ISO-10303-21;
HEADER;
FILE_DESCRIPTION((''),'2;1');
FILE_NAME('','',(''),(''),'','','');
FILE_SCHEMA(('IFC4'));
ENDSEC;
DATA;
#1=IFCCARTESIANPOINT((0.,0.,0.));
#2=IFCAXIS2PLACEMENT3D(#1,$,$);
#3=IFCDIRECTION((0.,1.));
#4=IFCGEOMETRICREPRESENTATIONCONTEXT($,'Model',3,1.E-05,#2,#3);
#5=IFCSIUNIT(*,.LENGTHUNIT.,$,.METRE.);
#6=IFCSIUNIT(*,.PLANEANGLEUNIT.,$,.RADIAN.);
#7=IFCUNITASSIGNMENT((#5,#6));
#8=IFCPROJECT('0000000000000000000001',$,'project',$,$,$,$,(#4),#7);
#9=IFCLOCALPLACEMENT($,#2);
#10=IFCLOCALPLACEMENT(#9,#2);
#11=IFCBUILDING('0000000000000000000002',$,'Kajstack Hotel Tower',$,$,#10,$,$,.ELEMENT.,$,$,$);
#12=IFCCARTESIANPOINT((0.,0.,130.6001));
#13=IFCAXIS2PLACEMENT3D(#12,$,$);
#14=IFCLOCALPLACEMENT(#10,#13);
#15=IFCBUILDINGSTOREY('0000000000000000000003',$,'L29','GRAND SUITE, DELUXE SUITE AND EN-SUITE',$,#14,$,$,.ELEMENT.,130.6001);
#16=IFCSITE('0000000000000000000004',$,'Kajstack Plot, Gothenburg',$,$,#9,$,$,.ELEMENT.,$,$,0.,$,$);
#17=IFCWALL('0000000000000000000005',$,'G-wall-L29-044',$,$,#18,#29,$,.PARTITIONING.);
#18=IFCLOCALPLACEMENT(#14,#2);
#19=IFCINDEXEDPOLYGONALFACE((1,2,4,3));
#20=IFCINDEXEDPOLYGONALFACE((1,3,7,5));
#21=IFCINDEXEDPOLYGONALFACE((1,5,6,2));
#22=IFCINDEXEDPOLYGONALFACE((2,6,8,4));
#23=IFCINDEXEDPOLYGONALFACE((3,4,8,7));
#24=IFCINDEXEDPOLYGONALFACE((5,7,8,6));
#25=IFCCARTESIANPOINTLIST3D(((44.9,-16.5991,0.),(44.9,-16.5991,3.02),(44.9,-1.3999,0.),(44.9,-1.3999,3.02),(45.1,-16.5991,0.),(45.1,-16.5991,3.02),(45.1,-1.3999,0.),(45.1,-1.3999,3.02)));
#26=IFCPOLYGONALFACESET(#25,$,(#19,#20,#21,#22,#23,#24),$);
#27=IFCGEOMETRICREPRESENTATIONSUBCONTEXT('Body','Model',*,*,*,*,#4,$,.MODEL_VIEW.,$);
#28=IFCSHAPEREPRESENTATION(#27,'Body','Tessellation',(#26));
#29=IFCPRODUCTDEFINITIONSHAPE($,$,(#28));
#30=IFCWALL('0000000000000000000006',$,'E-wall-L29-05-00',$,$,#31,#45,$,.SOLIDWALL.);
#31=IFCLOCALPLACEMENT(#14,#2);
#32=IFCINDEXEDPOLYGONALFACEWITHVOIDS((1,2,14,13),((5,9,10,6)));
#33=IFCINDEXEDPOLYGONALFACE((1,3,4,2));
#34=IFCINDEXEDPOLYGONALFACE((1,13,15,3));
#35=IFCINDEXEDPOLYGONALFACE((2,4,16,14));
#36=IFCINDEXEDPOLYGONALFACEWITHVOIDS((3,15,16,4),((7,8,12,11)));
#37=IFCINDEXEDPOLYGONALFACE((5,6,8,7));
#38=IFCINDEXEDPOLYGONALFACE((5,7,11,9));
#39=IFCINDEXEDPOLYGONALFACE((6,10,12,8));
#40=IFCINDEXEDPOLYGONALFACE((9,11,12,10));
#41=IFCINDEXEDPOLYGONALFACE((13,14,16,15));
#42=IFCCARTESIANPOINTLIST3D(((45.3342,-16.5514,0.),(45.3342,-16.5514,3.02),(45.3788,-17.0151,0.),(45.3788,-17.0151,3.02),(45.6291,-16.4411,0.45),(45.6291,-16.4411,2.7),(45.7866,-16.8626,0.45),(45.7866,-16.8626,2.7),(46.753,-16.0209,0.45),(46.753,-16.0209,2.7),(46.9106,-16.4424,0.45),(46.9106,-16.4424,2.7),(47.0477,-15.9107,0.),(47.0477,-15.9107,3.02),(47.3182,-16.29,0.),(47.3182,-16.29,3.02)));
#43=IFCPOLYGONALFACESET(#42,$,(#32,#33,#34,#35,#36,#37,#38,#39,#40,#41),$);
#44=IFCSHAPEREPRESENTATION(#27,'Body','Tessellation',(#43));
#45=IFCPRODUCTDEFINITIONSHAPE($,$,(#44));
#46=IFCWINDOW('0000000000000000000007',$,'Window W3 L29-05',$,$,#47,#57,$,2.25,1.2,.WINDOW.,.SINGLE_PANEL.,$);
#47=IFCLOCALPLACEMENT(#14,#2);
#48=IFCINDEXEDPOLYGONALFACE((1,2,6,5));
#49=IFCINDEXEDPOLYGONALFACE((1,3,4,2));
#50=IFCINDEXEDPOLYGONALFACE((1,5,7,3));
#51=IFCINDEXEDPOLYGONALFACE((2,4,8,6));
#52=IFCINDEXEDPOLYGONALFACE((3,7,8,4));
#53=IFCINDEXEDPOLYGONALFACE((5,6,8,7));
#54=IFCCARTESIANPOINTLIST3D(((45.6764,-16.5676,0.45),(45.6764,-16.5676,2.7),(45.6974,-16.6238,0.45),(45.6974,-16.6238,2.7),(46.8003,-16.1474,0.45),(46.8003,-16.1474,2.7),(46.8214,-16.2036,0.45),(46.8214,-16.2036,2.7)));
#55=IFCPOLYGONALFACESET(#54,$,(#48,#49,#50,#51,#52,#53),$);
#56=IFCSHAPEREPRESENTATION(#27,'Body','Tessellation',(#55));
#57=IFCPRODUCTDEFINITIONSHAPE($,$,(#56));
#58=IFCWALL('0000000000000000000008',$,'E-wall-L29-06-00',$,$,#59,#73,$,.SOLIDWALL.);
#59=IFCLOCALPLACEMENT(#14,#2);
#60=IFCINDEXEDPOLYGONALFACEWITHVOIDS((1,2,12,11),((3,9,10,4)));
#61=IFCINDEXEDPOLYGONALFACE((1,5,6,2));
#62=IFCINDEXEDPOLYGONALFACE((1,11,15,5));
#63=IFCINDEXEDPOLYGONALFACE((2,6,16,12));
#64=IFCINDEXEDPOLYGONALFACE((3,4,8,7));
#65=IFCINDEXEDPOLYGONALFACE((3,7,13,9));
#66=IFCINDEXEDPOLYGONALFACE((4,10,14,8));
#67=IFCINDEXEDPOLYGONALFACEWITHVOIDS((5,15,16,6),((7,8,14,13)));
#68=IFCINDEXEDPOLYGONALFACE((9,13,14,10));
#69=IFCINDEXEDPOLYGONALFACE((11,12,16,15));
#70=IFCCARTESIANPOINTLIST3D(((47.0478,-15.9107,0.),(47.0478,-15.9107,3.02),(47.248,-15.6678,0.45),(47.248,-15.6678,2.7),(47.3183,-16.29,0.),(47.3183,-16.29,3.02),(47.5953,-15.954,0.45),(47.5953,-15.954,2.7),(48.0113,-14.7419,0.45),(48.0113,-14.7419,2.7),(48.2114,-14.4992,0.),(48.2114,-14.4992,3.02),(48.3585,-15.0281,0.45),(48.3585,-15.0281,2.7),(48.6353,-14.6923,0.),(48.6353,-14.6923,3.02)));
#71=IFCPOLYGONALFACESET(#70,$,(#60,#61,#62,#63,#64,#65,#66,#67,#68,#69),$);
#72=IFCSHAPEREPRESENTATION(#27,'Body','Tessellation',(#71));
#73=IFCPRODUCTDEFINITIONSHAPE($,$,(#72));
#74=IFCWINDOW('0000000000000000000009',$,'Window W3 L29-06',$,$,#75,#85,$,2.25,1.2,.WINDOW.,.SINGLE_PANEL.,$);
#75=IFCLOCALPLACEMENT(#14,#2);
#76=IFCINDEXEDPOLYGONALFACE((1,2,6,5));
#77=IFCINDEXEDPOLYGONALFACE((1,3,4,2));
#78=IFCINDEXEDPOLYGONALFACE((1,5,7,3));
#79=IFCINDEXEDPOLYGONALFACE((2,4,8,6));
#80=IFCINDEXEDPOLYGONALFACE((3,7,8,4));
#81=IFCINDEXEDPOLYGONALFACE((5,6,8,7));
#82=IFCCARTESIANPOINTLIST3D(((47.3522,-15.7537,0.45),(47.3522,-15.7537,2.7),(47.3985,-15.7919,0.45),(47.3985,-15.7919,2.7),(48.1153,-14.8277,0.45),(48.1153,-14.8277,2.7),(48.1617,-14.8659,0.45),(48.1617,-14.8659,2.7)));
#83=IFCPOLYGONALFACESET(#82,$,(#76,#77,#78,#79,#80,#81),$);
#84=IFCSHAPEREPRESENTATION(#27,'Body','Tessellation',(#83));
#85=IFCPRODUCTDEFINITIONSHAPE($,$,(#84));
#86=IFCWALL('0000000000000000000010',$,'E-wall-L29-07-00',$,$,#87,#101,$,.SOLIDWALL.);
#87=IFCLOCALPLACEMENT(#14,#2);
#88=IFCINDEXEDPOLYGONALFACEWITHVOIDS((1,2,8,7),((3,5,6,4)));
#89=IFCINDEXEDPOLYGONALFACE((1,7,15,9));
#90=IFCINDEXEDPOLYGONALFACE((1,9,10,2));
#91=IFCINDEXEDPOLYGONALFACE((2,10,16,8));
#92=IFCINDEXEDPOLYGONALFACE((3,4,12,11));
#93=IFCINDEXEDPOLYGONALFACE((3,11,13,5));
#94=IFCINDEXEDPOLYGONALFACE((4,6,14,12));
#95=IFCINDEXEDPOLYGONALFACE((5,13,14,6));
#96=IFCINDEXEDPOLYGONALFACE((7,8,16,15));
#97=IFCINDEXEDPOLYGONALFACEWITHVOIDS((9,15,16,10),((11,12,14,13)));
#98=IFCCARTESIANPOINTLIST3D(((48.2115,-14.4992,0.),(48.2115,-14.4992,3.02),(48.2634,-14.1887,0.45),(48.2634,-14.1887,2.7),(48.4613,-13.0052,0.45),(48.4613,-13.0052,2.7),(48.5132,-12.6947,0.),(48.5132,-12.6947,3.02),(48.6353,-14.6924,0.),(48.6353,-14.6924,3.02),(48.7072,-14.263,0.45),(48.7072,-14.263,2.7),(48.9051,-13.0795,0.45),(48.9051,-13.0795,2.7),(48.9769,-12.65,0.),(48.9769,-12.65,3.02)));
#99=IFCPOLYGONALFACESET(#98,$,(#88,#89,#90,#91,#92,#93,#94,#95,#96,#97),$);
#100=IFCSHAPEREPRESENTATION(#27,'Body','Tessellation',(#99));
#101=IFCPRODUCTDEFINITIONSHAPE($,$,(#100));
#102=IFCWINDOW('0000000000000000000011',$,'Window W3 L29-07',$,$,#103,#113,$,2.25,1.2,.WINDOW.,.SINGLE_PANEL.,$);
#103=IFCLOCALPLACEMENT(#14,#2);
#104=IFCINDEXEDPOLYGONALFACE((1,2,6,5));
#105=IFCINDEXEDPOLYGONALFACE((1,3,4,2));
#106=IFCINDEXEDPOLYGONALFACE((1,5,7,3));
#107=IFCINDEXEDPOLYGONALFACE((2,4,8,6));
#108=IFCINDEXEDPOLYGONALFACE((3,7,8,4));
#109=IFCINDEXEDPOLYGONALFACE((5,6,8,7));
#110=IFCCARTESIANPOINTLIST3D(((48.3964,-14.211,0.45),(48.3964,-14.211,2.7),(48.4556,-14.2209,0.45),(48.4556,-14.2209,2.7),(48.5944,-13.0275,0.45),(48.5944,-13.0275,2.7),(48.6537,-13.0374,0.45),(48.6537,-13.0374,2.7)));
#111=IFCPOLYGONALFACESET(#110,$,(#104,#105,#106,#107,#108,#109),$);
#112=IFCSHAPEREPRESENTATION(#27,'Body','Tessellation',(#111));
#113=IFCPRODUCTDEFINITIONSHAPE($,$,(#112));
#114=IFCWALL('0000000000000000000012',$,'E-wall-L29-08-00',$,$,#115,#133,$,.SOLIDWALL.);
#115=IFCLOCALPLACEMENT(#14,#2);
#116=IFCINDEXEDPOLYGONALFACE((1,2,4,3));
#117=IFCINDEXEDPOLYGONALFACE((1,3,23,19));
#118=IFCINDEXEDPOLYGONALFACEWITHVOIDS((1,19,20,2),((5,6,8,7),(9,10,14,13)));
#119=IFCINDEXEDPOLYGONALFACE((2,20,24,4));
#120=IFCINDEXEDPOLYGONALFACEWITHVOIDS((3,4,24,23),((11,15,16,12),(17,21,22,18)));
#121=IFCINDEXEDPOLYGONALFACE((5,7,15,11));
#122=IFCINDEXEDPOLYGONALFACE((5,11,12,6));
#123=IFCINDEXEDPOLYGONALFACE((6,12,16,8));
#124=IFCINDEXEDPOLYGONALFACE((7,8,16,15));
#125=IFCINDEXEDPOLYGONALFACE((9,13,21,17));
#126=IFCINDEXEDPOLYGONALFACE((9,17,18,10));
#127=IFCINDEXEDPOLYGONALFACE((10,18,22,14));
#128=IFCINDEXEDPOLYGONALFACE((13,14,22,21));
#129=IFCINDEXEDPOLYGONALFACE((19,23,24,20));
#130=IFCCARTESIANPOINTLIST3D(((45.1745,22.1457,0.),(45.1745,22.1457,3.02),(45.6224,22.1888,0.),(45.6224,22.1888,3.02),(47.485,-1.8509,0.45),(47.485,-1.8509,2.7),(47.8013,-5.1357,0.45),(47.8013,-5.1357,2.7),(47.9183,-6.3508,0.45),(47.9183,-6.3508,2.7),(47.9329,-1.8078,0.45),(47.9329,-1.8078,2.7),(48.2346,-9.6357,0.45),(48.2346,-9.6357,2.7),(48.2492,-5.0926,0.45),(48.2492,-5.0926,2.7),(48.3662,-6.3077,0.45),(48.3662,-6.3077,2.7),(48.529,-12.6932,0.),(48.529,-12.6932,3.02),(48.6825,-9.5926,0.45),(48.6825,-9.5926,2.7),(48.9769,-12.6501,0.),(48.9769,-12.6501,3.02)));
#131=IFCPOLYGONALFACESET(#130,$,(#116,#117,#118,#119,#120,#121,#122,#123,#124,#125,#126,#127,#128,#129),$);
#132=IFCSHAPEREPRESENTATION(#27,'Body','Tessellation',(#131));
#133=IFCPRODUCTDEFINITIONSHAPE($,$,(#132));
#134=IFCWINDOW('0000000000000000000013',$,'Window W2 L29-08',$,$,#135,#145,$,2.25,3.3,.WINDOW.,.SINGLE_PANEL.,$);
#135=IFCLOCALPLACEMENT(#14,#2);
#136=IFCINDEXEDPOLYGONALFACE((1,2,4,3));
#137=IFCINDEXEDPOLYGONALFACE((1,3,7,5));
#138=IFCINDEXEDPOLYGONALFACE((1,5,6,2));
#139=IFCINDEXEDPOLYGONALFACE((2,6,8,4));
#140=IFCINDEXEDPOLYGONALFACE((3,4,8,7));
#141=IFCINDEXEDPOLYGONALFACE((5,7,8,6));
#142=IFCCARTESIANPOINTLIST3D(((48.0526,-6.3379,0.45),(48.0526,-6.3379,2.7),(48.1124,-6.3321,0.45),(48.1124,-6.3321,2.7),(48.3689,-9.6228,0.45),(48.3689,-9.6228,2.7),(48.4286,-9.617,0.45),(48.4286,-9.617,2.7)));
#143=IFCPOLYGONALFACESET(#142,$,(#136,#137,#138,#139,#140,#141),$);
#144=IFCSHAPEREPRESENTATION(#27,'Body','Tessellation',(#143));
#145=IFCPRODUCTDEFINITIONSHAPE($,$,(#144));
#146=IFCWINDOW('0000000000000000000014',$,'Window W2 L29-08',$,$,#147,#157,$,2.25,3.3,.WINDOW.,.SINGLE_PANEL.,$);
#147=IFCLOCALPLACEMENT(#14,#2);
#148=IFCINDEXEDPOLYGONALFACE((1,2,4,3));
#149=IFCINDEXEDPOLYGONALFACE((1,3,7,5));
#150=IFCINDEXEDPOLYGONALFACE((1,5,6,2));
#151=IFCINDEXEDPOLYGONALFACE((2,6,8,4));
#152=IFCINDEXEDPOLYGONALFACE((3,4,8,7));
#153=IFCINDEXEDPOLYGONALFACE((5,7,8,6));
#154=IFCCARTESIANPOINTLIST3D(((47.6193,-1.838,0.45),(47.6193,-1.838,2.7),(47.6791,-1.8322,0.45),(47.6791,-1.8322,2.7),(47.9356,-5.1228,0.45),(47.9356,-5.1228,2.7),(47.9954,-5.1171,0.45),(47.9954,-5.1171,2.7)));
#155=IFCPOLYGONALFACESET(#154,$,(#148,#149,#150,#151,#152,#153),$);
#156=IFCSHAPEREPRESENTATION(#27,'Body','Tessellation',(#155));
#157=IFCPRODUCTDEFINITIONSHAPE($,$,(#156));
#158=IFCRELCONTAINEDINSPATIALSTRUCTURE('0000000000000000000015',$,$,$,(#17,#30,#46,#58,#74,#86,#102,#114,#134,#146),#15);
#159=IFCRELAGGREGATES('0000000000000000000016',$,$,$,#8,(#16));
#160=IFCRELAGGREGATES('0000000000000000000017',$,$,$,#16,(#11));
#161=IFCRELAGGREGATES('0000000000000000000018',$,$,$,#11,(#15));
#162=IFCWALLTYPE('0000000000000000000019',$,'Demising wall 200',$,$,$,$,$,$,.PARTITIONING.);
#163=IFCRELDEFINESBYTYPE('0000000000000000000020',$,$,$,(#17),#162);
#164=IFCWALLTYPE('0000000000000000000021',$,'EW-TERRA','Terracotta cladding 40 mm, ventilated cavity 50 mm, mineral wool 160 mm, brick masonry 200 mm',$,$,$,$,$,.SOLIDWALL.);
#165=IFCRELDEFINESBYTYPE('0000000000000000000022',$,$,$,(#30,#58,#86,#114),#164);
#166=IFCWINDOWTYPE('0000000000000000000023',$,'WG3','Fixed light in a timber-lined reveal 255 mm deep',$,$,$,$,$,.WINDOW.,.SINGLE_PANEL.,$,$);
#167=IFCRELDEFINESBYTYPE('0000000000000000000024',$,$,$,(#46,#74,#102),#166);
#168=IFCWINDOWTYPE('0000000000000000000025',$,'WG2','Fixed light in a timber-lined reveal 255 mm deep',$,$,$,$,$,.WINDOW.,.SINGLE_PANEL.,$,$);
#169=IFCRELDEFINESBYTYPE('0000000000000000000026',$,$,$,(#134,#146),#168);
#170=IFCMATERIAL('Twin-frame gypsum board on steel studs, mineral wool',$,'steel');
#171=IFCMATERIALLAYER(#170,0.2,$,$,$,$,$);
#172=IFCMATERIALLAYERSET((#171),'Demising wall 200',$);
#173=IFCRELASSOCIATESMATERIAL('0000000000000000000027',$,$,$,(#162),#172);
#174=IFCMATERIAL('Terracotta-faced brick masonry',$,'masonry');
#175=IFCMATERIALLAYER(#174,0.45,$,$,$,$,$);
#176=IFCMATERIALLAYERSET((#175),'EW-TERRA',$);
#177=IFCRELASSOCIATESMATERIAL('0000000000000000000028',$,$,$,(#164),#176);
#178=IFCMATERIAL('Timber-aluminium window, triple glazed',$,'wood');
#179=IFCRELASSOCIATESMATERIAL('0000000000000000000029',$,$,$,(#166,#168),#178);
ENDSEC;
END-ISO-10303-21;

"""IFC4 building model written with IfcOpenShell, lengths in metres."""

from ifc_helpers import new_model, si_unit, direction, frame, frame_2d, origin, place, context, subcontext, project, spatial, polyline, rectangle, outline, extrude, material, layer, layer_set, type_object, element, fill, save


model = new_model("IFC4")

# Units and contexts
model_context = context("Model", 3, precision=1e-05, world=origin(), true_north=direction((0.0, 1.0)))
body_context = subcontext(model_context, "Body", "Model", "MODEL_VIEW")
ifc_project = project(units=[si_unit("LENGTHUNIT", "METRE"), si_unit("PLANEANGLEUNIT", "RADIAN")], contexts=[model_context])

# Site, building, storey
site_placement = place(None, origin())
site = spatial("IfcSite", under=ifc_project, at=site_placement, Name="Kajstack Plot, Gothenburg", CompositionType="ELEMENT", RefElevation=0.0)
building_placement = place(site_placement, origin())
building = spatial("IfcBuilding", under=site, at=building_placement, Name="Kajstack Hotel Tower", CompositionType="ELEMENT")
storey_placement = place(building_placement, frame((0.0, 0.0, 130.6001)))
storey = spatial("IfcBuildingStorey", under=building, at=storey_placement, Name="L29", Description="GRAND SUITE, DELUXE SUITE AND EN-SUITE", CompositionType="ELEMENT", Elevation=130.6001)

# Wall
ifc_material_1 = material(Name="Twin-frame gypsum board on steel studs, mineral wool", Category="steel")
ifc_layer_1 = layer(ifc_material_1, 0.2)
ifc_layer_set_1 = layer_set([ifc_layer_1], Name="Demising wall 200")
wall_type_1 = type_object("IfcWallType", Name="Demising wall 200", PredefinedType="PARTITIONING", material=ifc_layer_set_1)
wall_1_placement = place(storey_placement, frame((45.0, -16.5991, 0.0), z_axis=(0.0, 0.0, 1.0), x_axis=(0.0, 1.0, 0.0)))
element("IfcWall", 1, at=wall_1_placement, inside=storey, type_object=wall_type_1, Name="G-wall-L29-044", PredefinedType="PARTITIONING", context=body_context, shape_type="SweptSolid", body=[
    extrude(rectangle(XDim=15.1992, YDim=0.2, at=frame_2d((7.5996, 0.0))), origin(), (0.0, 0.0, 1.0), 3.02),
])

# Walls, openings, windows
ifc_material_2 = material(Name="Terracotta-faced brick masonry", Category="masonry")
ifc_layer_2 = layer(ifc_material_2, 0.45)
ifc_layer_set_2 = layer_set([ifc_layer_2], Name="EW-TERRA")
wall_type_2 = type_object("IfcWallType", Name="EW-TERRA", Description="Terracotta cladding 40 mm, ventilated cavity 50 mm, mineral wool 160 mm, brick masonry 200 mm", PredefinedType="SOLIDWALL", material=ifc_layer_set_2)
wall_2_placement = place(storey_placement, frame((45.3, -16.8044, 0.0), z_axis=(0.0, 0.0, 1.0), x_axis=(0.936678, 0.350193, 0.0)))
wall_2 = element("IfcWall", 2, at=wall_2_placement, inside=storey, type_object=wall_type_2, Name="E-wall-L29-05-00", PredefinedType="SOLIDWALL", context=body_context, shape_type="SweptSolid", body=[
    extrude(outline(polyline([(0.0, -0.2249), (2.0706, -0.2249), (1.95, 0.2251), (0.1206, 0.2251), (0.0, -0.2249)])), origin(), (0.0, 0.0, 1.0), 3.02),
])
opening_1_placement = place(wall_2_placement, frame((0.4353, 0.0, 0.45)))
opening_1 = element("IfcOpeningElement", 3, at=opening_1_placement, cuts=wall_2, PredefinedType="OPENING", context=body_context, shape_type="SweptSolid", body=[
    extrude(rectangle(XDim=1.2, YDim=2.25, at=frame_2d((0.6001, 1.125))), frame((0.0, 0.2349, 0.0), z_axis=(0.0, -1.0, 0.0), x_axis=(1.0, 0.0, 0.0)), (0.0, 0.0, 1.0), 0.47),
])
ifc_material_3 = material(Name="Timber-aluminium window, triple glazed", Category="wood")
window_type_1 = type_object("IfcWindowType", Name="WG3", Description="Fixed light in a timber-lined reveal 255 mm deep", PartitioningType="SINGLE_PANEL", PredefinedType="WINDOW", material=ifc_material_3)
window_1_placement = place(opening_1_placement, origin())
window_1 = element("IfcWindow", 4, at=window_1_placement, inside=storey, type_object=window_type_1, Name="Window W3 L29-05", OverallHeight=2.25, OverallWidth=1.2, PartitioningType="SINGLE_PANEL", PredefinedType="WINDOW", context=body_context, shape_type="SweptSolid", body=[
    extrude(rectangle(XDim=1.2, YDim=2.25, at=frame_2d((0.6001, 1.125))), frame((0.0, 0.0901, 0.0), z_axis=(0.0, -1.0, 0.0), x_axis=(1.0, 0.0, 0.0)), (0.0, 0.0, 1.0), 0.0601),
])
fill(opening_1, window_1)
wall_3_placement = place(storey_placement, frame((47.1448, -16.147, 0.0), z_axis=(0.0, 0.0, 1.0), x_axis=(0.635988, 0.771699, 0.0)))
wall_3 = element("IfcWall", 5, at=wall_3_placement, inside=storey, type_object=wall_type_2, Name="E-wall-L29-06-00", PredefinedType="SOLIDWALL", context=body_context, shape_type="SweptSolid", body=[
    extrude(outline(polyline([(0.0, -0.2249), (2.0706, -0.2251), (1.95, 0.2249), (0.1206, 0.2251), (0.0, -0.2249)])), origin(), (0.0, 0.0, 1.0), 3.02),
])
opening_2_placement = place(wall_3_placement, frame((0.4353, 0.0, 0.45)))
opening_2 = element("IfcOpeningElement", 6, at=opening_2_placement, cuts=wall_3, PredefinedType="OPENING", context=body_context, shape_type="SweptSolid", body=[
    extrude(rectangle(XDim=1.2, YDim=2.25, at=frame_2d((0.6001, 1.125))), frame((0.0, 0.2349, 0.0), z_axis=(0.0, -1.0, 0.0), x_axis=(1.0, 0.0, 0.0)), (0.0, 0.0, 1.0), 0.47),
])
window_2_placement = place(opening_2_placement, origin())
window_2 = element("IfcWindow", 7, at=window_2_placement, inside=storey, type_object=window_type_1, Name="Window W3 L29-06", OverallHeight=2.25, OverallWidth=1.2, PartitioningType="SINGLE_PANEL", PredefinedType="WINDOW", context=body_context, shape_type="SweptSolid", body=[
    extrude(rectangle(XDim=1.2, YDim=2.25, at=frame_2d((0.6001, 1.125))), frame((0.0, 0.0901, 0.0), z_axis=(0.0, -1.0, 0.0), x_axis=(1.0, 0.0, 0.0)), (0.0, 0.0, 1.0), 0.0601),
])
fill(opening_2, window_2)
wall_4_placement = place(storey_placement, frame((48.4133, -14.6553, 0.0), z_axis=(0.0, 0.0, 1.0), x_axis=(0.165068, 0.986282, 0.0)))
wall_4 = element("IfcWall", 8, at=wall_4_placement, inside=storey, type_object=wall_type_2, Name="E-wall-L29-07-00", PredefinedType="SOLIDWALL", context=body_context, shape_type="SweptSolid", body=[
    extrude(outline(polyline([(0.0, -0.2251), (2.0708, -0.2249), (1.9502, 0.2251), (0.1206, 0.2249), (0.0, -0.2251)])), origin(), (0.0, 0.0, 1.0), 3.02),
])
opening_3_placement = place(wall_4_placement, frame((0.4353, 0.0, 0.45)))
opening_3 = element("IfcOpeningElement", 9, at=opening_3_placement, cuts=wall_4, PredefinedType="OPENING", context=body_context, shape_type="SweptSolid", body=[
    extrude(rectangle(XDim=1.2, YDim=2.25, at=frame_2d((0.6001, 1.125))), frame((0.0, 0.2349, 0.0), z_axis=(0.0, -1.0, 0.0), x_axis=(1.0, 0.0, 0.0)), (0.0, 0.0, 1.0), 0.47),
])
window_3_placement = place(opening_3_placement, origin())
window_3 = element("IfcWindow", 10, at=window_3_placement, inside=storey, type_object=window_type_1, Name="Window W3 L29-07", OverallHeight=2.25, OverallWidth=1.2, PartitioningType="SINGLE_PANEL", PredefinedType="WINDOW", context=body_context, shape_type="SweptSolid", body=[
    extrude(rectangle(XDim=1.2, YDim=2.25, at=frame_2d((0.6001, 1.125))), frame((0.0, 0.0901, 0.0), z_axis=(0.0, -1.0, 0.0), x_axis=(1.0, 0.0, 0.0)), (0.0, 0.0, 1.0), 0.0601),
])
fill(opening_3, window_3)

# Wall, openings, windows
wall_5_placement = place(storey_placement, frame((48.7529, -12.6716, 0.0), z_axis=(0.0, 0.0, 1.0), x_axis=(-0.095843, 0.995396, 0.0)))
wall_5 = element("IfcWall", 11, at=wall_5_placement, inside=storey, type_object=wall_type_2, Name="E-wall-L29-08-00", PredefinedType="SOLIDWALL", context=body_context, shape_type="SweptSolid", body=[
    extrude(rectangle(XDim=35.0, YDim=0.45, at=frame_2d((17.5, 0.0))), origin(), (0.0, 0.0, 1.0), 3.02),
])
opening_4_placement = place(wall_5_placement, frame((3.0718, 0.0, 0.45)))
opening_4 = element("IfcOpeningElement", 12, at=opening_4_placement, cuts=wall_5, PredefinedType="OPENING", context=body_context, shape_type="SweptSolid", body=[
    extrude(rectangle(XDim=3.3, YDim=2.25, at=frame_2d((1.6499, 1.125))), frame((0.0, 0.2349, 0.0), z_axis=(0.0, -1.0, 0.0), x_axis=(1.0, 0.0, 0.0)), (0.0, 0.0, 1.0), 0.47),
])
opening_5_placement = place(wall_5_placement, frame((7.5925, 0.0, 0.45)))
opening_5 = element("IfcOpeningElement", 13, at=opening_5_placement, cuts=wall_5, PredefinedType="OPENING", context=body_context, shape_type="SweptSolid", body=[
    extrude(rectangle(XDim=3.3, YDim=2.25, at=frame_2d((1.6499, 1.125))), frame((0.0, 0.2349, 0.0), z_axis=(0.0, -1.0, 0.0), x_axis=(1.0, 0.0, 0.0)), (0.0, 0.0, 1.0), 0.47),
])
window_type_2 = type_object("IfcWindowType", Name="WG2", Description="Fixed light in a timber-lined reveal 255 mm deep", PartitioningType="SINGLE_PANEL", PredefinedType="WINDOW", material=ifc_material_3)
window_4_placement = place(opening_4_placement, origin())
window_4 = element("IfcWindow", 14, at=window_4_placement, inside=storey, type_object=window_type_2, Name="Window W2 L29-08", OverallHeight=2.25, OverallWidth=3.3, PartitioningType="SINGLE_PANEL", PredefinedType="WINDOW", context=body_context, shape_type="SweptSolid", body=[
    extrude(rectangle(XDim=3.3, YDim=2.25, at=frame_2d((1.6499, 1.125))), frame((0.0, 0.0901, 0.0), z_axis=(0.0, -1.0, 0.0), x_axis=(1.0, 0.0, 0.0)), (0.0, 0.0, 1.0), 0.0601),
])
fill(opening_4, window_4)
window_5_placement = place(opening_5_placement, origin())
window_5 = element("IfcWindow", 15, at=window_5_placement, inside=storey, type_object=window_type_2, Name="Window W2 L29-08", OverallHeight=2.25, OverallWidth=3.3, PartitioningType="SINGLE_PANEL", PredefinedType="WINDOW", context=body_context, shape_type="SweptSolid", body=[
    extrude(rectangle(XDim=3.3, YDim=2.25, at=frame_2d((1.6499, 1.125))), frame((0.0, 0.0901, 0.0), z_axis=(0.0, -1.0, 0.0), x_axis=(1.0, 0.0, 0.0)), (0.0, 0.0, 1.0), 0.0601),
])
fill(opening_5, window_5)

save(model, "model.ifc")
